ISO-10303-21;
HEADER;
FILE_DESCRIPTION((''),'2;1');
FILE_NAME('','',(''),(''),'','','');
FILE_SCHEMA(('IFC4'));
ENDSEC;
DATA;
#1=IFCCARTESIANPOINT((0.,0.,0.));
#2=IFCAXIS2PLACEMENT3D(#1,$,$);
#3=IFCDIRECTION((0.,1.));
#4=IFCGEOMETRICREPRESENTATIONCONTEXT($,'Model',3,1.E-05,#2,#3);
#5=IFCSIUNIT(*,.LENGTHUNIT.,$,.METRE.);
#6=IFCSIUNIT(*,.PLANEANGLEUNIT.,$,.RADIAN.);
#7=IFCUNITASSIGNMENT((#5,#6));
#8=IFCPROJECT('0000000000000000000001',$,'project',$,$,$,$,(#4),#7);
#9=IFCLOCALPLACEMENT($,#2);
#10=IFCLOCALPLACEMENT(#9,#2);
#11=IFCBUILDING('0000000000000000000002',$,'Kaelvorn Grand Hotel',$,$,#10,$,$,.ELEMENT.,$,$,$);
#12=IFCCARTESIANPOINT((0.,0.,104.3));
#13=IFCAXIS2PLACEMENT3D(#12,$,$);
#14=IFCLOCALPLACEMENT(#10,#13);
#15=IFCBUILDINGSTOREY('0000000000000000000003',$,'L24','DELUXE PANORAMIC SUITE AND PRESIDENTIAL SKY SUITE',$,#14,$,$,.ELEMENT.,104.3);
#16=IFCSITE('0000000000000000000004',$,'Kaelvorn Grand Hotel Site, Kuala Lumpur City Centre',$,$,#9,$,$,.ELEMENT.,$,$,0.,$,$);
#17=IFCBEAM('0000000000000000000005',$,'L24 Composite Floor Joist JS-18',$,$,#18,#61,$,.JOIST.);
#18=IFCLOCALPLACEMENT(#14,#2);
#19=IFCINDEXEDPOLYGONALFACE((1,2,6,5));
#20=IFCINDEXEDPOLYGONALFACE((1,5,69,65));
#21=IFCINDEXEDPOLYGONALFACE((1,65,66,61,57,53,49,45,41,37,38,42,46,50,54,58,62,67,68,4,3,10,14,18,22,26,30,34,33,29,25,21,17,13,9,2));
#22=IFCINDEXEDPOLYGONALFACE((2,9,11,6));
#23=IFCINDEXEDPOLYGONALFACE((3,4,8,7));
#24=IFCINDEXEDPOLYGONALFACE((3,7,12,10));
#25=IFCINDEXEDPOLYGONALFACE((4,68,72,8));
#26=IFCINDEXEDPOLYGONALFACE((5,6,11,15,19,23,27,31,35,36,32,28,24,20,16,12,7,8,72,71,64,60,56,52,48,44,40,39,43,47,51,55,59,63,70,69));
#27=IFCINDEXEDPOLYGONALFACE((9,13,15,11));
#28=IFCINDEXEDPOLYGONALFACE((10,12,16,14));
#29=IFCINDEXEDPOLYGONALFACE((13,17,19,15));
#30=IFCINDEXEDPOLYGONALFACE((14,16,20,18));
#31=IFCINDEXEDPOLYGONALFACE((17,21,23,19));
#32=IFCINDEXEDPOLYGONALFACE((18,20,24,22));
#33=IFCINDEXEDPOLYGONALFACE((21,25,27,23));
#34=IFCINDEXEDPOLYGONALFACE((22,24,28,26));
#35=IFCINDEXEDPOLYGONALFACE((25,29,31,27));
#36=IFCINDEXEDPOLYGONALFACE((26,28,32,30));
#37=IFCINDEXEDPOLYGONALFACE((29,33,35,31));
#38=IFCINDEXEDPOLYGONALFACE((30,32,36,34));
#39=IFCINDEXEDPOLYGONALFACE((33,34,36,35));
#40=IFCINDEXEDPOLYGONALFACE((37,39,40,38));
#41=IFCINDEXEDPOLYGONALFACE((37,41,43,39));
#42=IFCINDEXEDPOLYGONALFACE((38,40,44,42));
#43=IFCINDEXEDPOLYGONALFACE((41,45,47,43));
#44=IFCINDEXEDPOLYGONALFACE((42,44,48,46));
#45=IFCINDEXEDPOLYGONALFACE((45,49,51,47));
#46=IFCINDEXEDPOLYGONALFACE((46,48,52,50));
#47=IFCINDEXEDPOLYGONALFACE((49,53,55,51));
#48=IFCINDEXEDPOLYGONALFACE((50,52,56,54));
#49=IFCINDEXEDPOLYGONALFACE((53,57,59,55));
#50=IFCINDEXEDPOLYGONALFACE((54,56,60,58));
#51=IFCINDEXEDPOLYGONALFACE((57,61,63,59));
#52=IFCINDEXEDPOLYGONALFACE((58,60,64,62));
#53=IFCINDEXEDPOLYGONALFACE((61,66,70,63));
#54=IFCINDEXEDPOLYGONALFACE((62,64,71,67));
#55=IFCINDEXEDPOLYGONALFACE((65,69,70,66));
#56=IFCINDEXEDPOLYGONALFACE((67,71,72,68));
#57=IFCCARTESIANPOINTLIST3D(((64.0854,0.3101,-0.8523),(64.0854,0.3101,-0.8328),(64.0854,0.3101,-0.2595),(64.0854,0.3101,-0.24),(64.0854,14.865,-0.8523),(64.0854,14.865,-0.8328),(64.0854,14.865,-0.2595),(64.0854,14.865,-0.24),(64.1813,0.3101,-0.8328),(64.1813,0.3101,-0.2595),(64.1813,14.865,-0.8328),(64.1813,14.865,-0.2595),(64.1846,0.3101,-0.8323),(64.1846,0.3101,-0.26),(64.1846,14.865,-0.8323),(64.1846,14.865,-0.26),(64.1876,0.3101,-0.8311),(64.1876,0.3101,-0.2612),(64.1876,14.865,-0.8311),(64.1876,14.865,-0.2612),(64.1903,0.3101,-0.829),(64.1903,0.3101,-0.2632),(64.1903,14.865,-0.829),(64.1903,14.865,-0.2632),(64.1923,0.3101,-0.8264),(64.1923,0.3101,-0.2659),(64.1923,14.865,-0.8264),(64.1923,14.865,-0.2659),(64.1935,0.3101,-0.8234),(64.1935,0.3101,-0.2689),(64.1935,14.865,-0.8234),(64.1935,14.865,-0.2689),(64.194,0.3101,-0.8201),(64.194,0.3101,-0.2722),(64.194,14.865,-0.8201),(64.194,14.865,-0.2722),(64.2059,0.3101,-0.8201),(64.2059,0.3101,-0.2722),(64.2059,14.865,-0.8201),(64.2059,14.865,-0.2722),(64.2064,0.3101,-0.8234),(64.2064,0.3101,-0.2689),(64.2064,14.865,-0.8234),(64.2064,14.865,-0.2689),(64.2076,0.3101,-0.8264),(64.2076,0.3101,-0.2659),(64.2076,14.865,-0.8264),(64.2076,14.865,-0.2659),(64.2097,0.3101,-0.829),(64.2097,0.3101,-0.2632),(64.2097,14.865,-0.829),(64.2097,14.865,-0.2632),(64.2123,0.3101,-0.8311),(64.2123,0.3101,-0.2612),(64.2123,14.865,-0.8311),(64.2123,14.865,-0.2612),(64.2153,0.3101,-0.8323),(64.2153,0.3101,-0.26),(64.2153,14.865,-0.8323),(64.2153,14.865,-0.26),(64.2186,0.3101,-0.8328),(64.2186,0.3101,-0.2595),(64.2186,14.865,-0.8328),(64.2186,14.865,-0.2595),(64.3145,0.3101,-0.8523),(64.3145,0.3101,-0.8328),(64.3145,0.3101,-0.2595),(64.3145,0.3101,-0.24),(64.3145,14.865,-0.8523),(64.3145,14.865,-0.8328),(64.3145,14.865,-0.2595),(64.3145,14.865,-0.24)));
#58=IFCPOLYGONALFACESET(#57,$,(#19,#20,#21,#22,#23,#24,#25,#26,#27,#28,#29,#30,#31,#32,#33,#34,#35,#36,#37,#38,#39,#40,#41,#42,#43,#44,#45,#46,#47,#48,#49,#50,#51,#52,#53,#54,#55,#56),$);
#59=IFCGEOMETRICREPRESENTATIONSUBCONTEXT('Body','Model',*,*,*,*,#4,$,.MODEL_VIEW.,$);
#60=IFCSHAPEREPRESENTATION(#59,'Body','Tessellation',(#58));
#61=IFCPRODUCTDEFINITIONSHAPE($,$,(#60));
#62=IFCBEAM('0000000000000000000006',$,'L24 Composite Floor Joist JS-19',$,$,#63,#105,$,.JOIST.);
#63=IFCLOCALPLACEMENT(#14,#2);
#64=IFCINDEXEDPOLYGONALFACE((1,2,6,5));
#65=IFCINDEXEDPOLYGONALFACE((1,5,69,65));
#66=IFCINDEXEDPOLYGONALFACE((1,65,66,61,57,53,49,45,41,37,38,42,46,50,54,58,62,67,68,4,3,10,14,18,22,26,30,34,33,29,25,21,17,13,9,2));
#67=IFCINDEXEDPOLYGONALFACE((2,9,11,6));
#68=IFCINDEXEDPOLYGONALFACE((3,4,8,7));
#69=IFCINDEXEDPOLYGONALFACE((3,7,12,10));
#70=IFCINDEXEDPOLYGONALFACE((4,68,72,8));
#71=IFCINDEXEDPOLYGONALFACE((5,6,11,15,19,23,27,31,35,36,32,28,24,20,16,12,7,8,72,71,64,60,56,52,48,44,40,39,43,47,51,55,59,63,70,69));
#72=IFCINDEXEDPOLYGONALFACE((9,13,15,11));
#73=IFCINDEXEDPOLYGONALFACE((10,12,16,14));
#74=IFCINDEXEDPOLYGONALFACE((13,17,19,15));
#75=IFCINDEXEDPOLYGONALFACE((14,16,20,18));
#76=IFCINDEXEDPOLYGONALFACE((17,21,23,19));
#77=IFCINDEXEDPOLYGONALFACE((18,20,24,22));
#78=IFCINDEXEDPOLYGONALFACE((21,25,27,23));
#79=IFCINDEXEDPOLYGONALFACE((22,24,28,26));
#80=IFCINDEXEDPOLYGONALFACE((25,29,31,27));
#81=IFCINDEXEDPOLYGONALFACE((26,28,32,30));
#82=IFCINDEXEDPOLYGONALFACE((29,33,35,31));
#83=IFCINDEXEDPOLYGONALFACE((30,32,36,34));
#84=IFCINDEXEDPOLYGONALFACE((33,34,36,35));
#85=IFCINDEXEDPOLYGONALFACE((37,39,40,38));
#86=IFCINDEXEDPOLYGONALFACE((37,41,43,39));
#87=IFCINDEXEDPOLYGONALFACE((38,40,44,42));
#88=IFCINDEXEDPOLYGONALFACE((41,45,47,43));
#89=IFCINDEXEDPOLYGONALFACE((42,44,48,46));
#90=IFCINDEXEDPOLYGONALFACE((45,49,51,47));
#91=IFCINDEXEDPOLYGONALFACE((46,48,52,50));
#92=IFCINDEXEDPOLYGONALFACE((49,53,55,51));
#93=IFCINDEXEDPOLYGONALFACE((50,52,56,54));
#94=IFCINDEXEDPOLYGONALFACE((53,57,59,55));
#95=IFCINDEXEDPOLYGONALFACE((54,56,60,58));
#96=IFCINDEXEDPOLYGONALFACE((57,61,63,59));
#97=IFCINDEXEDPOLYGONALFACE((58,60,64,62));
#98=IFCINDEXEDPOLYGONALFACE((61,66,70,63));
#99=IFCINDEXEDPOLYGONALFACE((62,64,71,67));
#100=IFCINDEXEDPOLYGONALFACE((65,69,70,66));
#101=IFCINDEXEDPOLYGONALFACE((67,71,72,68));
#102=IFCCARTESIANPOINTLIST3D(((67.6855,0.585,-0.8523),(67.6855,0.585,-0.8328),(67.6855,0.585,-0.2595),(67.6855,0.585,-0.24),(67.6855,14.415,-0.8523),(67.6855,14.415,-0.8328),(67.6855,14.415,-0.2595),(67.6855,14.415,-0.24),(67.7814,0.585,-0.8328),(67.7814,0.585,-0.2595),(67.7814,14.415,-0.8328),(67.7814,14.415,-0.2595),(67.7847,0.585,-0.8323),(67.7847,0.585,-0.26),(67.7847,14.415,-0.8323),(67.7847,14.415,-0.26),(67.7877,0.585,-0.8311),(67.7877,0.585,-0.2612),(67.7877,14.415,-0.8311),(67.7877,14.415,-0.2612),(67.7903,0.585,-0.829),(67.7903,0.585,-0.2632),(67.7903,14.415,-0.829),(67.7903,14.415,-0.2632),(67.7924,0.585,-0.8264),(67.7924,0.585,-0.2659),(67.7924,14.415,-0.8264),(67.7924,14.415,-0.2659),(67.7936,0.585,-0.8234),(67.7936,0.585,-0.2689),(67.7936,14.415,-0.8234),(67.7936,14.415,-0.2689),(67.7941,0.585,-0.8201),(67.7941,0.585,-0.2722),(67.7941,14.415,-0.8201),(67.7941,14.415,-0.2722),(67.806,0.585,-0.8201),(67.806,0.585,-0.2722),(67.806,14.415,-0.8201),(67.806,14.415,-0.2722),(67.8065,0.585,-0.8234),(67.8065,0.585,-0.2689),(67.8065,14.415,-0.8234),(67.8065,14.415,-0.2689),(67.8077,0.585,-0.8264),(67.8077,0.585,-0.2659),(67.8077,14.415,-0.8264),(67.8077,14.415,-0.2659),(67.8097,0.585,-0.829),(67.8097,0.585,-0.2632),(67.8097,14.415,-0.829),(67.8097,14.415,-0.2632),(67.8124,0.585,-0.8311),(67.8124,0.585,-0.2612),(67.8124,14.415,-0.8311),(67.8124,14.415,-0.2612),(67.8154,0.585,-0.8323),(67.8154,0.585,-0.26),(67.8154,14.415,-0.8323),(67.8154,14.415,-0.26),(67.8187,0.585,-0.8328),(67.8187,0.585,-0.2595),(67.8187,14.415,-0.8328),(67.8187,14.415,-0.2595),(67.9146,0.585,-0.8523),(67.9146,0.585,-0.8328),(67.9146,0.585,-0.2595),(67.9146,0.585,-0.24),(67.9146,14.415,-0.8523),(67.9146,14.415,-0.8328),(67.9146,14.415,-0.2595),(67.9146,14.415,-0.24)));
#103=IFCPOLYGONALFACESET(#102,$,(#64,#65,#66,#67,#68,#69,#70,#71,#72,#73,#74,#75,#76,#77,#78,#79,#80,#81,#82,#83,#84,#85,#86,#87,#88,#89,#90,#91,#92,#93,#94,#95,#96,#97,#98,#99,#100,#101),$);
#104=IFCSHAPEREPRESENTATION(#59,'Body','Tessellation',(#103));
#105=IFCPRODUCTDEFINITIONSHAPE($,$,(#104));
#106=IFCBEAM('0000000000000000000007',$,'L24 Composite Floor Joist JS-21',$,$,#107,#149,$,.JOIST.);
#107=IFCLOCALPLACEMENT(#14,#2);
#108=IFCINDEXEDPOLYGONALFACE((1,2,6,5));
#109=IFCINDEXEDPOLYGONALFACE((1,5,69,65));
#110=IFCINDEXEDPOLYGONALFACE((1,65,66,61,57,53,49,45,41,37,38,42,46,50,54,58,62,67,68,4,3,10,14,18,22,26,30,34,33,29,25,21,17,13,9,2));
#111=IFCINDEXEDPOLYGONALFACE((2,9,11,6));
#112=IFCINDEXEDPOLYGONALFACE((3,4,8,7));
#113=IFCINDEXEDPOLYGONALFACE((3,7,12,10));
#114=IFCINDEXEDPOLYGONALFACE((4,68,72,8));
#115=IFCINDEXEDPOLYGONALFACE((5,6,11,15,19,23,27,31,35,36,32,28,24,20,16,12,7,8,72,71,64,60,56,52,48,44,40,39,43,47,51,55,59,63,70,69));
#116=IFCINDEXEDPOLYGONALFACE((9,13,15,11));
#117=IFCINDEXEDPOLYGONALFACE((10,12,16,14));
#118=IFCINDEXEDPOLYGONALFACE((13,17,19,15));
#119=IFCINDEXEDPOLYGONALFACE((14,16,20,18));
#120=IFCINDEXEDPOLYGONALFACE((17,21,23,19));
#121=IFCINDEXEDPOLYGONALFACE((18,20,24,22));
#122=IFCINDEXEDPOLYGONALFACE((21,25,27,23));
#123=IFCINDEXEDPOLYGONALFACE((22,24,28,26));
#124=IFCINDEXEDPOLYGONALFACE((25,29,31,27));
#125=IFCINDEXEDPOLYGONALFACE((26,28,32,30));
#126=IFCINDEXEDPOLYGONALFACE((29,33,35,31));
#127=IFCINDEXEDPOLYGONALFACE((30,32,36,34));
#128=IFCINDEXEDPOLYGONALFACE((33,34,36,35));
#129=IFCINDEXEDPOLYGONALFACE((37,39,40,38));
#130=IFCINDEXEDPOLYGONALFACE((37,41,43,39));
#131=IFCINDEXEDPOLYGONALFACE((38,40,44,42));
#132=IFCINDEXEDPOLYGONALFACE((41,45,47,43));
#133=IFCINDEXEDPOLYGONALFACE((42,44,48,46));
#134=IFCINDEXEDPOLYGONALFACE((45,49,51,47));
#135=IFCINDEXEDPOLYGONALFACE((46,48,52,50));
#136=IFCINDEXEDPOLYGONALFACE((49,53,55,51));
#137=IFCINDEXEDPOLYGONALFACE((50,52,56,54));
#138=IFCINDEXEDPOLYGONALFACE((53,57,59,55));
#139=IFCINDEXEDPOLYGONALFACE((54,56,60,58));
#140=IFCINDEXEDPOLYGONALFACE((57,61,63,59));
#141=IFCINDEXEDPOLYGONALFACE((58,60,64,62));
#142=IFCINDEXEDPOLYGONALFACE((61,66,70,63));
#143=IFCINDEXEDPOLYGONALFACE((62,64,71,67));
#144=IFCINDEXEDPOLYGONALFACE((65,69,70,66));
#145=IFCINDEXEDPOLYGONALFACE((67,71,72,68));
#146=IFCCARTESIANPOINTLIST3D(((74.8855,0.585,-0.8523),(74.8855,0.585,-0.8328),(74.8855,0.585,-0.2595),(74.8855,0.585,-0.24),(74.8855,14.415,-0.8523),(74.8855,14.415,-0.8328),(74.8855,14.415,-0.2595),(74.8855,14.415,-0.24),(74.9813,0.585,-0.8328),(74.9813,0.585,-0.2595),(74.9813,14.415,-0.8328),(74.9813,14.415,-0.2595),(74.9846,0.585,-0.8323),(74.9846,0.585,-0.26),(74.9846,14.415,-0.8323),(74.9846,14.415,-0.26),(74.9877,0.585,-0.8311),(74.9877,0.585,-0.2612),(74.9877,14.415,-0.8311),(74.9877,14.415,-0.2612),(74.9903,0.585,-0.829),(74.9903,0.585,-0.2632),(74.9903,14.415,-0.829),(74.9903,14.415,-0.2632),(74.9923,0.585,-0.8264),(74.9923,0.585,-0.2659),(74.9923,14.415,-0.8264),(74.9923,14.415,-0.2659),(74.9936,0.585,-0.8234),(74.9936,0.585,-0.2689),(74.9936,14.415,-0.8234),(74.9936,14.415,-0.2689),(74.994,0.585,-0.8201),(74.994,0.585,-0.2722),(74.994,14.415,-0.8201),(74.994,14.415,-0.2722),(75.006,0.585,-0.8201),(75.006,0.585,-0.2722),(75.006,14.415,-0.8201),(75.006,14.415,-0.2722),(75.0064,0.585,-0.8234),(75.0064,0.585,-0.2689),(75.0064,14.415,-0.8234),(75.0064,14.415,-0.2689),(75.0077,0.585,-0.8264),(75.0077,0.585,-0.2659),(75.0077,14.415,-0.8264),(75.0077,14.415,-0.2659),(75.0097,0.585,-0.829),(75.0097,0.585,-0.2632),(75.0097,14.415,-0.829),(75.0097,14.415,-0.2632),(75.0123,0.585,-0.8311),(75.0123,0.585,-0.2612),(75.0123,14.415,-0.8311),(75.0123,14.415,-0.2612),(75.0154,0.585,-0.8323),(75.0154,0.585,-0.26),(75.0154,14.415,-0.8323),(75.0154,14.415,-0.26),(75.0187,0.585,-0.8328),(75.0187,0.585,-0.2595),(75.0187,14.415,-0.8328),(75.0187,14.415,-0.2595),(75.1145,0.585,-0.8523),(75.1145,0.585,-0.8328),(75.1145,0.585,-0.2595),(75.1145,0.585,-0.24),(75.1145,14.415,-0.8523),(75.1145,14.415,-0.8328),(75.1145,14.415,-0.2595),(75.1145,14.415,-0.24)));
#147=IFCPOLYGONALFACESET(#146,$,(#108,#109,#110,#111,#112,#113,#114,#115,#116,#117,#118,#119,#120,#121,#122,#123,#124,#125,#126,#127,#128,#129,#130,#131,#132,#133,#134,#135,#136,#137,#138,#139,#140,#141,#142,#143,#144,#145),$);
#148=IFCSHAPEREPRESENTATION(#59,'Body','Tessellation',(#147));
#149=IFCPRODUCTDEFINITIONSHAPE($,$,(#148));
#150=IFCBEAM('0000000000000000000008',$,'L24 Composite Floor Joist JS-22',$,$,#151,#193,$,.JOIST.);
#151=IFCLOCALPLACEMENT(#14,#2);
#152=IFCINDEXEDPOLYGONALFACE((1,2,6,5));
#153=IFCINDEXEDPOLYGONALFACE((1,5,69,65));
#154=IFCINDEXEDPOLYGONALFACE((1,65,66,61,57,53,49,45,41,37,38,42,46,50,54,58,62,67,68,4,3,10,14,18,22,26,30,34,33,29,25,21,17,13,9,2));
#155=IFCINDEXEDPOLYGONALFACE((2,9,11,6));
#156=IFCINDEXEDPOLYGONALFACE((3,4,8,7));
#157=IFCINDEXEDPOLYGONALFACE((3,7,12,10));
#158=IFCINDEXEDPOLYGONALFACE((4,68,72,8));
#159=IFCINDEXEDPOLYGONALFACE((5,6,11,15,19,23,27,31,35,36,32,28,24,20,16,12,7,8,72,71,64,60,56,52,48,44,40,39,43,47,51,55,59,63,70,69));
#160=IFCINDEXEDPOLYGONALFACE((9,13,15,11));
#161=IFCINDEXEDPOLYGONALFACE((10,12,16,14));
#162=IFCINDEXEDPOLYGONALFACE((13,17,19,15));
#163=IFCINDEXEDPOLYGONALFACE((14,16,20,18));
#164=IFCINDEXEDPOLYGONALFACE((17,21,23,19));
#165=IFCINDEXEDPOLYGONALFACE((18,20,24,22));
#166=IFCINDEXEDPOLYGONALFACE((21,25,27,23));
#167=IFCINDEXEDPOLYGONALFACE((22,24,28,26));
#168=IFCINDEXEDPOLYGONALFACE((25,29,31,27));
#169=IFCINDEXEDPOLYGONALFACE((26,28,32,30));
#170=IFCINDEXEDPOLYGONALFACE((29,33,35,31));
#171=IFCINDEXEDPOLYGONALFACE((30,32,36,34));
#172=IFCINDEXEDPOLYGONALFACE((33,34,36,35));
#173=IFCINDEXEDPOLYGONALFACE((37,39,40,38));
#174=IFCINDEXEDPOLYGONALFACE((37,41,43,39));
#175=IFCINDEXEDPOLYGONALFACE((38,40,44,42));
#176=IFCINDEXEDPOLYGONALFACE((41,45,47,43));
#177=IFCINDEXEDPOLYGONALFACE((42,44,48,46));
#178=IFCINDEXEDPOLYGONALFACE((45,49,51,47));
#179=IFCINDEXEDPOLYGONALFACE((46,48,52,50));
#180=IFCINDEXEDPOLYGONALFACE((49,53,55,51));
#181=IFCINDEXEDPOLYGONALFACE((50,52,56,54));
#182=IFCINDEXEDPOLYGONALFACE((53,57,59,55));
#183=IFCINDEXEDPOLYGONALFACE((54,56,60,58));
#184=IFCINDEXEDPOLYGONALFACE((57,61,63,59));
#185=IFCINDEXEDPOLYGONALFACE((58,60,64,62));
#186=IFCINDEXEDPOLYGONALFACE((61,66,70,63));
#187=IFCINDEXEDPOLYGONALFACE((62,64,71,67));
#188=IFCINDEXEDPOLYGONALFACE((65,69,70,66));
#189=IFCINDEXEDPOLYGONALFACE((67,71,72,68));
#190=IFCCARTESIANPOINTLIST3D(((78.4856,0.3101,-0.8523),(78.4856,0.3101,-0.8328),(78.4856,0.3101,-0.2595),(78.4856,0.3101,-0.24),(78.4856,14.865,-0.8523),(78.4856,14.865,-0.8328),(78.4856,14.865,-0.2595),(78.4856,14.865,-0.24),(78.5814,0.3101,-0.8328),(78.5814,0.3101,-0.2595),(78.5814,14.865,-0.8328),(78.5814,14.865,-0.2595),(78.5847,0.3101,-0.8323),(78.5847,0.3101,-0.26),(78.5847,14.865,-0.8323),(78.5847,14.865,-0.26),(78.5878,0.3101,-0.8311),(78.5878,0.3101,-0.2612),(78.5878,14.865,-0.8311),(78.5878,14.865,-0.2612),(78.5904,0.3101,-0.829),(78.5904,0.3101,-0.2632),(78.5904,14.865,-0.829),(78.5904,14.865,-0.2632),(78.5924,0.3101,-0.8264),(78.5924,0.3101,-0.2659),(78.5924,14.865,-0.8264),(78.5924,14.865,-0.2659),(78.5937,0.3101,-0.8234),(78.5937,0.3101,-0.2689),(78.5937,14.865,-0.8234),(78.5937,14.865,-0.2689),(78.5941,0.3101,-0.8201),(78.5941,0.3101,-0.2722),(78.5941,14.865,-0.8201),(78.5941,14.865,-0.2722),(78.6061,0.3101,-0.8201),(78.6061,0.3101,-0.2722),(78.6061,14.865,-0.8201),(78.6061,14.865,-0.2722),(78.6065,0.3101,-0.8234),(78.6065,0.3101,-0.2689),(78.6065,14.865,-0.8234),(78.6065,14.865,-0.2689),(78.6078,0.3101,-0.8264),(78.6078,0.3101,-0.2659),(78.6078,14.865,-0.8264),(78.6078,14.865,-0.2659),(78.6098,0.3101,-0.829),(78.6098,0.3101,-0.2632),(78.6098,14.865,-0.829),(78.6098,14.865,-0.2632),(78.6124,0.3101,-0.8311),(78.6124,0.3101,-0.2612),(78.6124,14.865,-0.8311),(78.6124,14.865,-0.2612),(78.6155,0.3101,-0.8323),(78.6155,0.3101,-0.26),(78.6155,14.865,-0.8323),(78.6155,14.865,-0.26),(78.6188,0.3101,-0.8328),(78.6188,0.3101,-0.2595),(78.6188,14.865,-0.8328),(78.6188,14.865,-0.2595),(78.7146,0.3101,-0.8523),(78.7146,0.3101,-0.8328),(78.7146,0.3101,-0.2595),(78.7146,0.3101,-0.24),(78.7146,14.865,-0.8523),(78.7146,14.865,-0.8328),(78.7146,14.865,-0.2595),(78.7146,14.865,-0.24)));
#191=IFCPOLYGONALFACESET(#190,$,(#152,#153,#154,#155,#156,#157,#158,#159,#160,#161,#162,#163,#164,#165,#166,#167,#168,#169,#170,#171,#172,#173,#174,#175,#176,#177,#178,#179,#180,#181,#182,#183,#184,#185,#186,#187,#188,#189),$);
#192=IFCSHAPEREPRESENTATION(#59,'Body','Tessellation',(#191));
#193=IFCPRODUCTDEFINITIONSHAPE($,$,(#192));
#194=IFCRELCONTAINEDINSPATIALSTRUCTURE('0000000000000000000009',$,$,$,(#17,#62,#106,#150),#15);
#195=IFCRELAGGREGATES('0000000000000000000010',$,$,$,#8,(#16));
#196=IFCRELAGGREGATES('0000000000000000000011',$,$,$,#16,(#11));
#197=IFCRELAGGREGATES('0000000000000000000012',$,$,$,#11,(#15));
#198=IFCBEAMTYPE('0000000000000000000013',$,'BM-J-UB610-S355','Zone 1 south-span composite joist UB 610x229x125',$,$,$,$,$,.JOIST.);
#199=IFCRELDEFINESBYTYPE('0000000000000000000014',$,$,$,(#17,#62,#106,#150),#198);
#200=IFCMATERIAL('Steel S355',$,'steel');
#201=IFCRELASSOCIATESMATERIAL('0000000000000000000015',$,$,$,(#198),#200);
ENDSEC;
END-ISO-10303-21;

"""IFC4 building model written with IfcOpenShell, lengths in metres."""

from ifc_helpers import new_model, si_unit, direction, frame, origin, origin_2d, place, context, subcontext, project, spatial, i_section, extrude, material, material_profile, profile_set, type_object, element, save


model = new_model("IFC4")

# Units and contexts
model_context = context("Model", 3, precision=1e-05, world=origin(), true_north=direction((0.0, 1.0)))
body_context = subcontext(model_context, "Body", "Model", "MODEL_VIEW")
ifc_project = project(units=[si_unit("LENGTHUNIT", "METRE"), si_unit("PLANEANGLEUNIT", "RADIAN")], contexts=[model_context])

# Site, building, storey
site_placement = place(None, origin())
site = spatial("IfcSite", under=ifc_project, at=site_placement, Name="Kaelvorn Grand Hotel Site, Kuala Lumpur City Centre", CompositionType="ELEMENT", RefElevation=0.0)
building_placement = place(site_placement, origin())
building = spatial("IfcBuilding", under=site, at=building_placement, Name="Kaelvorn Grand Hotel", CompositionType="ELEMENT")
storey_placement = place(building_placement, frame((0.0, 0.0, 104.3)))
storey = spatial("IfcBuildingStorey", under=building, at=storey_placement, Name="L24", Description="DELUXE PANORAMIC SUITE AND PRESIDENTIAL SKY SUITE", CompositionType="ELEMENT", Elevation=104.3)

# Beams
ifc_material_1 = material(Name="Steel S355", Category="steel")
ifc_material_profile_1 = material_profile(ifc_material_1, i_section(OverallWidth=0.229, OverallDepth=0.6123, WebThickness=0.012, FlangeThickness=0.0195, FilletRadius=0.0127, at=origin_2d()), Name="UB 610x229x125")
ifc_profile_set_1 = profile_set([ifc_material_profile_1], Name="Steel S355")
beam_type_1 = type_object("IfcBeamType", Name="BM-J-UB610-S355", Description="Zone 1 south-span composite joist UB 610x229x125", PredefinedType="JOIST", material=ifc_profile_set_1)
beam_1_placement = place(storey_placement, frame((64.2, 0.3101, -0.5461), z_axis=(0.0, 1.0, 0.0), x_axis=(-1.0, 0.0, 0.0)))
element("IfcBeam", 1, at=beam_1_placement, inside=storey, type_object=beam_type_1, Name="L24 Composite Floor Joist JS-18", PredefinedType="JOIST", context=body_context, shape_type="SweptSolid", body=[
    extrude(i_section(OverallWidth=0.229, OverallDepth=0.6123, WebThickness=0.012, FlangeThickness=0.0195, FilletRadius=0.0127, at=origin_2d()), origin(), (0.0, 0.0, 1.0), 14.5549),
])
for number, where, z_axis, x_axis, name in (
    (2, (67.8, 0.585, -0.5461), (0.0, 1.0, 0.0), (-1.0, 0.0, 0.0), "L24 Composite Floor Joist JS-19"),
    (3, (75.0, 0.585, -0.5461), (0.0, 1.0, 0.0), (-1.0, 0.0, 0.0), "L24 Composite Floor Joist JS-21"),
):
    element("IfcBeam", number, at=place(storey_placement, frame(where, z_axis=z_axis, x_axis=x_axis)), inside=storey, type_object=beam_type_1, Name=name, PredefinedType="JOIST", context=body_context, shape_type="SweptSolid", body=[
        extrude(i_section(OverallWidth=0.229, OverallDepth=0.6123, WebThickness=0.012, FlangeThickness=0.0195, FilletRadius=0.0127, at=origin_2d()), origin(), (0.0, 0.0, 1.0), 13.8301),
    ])
beam_2_placement = place(storey_placement, frame((78.6001, 0.3101, -0.5461), z_axis=(0.0, 1.0, 0.0), x_axis=(-1.0, 0.0, 0.0)))
element("IfcBeam", 4, at=beam_2_placement, inside=storey, type_object=beam_type_1, Name="L24 Composite Floor Joist JS-22", PredefinedType="JOIST", context=body_context, shape_type="SweptSolid", body=[
    extrude(i_section(OverallWidth=0.229, OverallDepth=0.6123, WebThickness=0.012, FlangeThickness=0.0195, FilletRadius=0.0127, at=origin_2d()), origin(), (0.0, 0.0, 1.0), 14.5549),
])

save(model, "model.ifc")
